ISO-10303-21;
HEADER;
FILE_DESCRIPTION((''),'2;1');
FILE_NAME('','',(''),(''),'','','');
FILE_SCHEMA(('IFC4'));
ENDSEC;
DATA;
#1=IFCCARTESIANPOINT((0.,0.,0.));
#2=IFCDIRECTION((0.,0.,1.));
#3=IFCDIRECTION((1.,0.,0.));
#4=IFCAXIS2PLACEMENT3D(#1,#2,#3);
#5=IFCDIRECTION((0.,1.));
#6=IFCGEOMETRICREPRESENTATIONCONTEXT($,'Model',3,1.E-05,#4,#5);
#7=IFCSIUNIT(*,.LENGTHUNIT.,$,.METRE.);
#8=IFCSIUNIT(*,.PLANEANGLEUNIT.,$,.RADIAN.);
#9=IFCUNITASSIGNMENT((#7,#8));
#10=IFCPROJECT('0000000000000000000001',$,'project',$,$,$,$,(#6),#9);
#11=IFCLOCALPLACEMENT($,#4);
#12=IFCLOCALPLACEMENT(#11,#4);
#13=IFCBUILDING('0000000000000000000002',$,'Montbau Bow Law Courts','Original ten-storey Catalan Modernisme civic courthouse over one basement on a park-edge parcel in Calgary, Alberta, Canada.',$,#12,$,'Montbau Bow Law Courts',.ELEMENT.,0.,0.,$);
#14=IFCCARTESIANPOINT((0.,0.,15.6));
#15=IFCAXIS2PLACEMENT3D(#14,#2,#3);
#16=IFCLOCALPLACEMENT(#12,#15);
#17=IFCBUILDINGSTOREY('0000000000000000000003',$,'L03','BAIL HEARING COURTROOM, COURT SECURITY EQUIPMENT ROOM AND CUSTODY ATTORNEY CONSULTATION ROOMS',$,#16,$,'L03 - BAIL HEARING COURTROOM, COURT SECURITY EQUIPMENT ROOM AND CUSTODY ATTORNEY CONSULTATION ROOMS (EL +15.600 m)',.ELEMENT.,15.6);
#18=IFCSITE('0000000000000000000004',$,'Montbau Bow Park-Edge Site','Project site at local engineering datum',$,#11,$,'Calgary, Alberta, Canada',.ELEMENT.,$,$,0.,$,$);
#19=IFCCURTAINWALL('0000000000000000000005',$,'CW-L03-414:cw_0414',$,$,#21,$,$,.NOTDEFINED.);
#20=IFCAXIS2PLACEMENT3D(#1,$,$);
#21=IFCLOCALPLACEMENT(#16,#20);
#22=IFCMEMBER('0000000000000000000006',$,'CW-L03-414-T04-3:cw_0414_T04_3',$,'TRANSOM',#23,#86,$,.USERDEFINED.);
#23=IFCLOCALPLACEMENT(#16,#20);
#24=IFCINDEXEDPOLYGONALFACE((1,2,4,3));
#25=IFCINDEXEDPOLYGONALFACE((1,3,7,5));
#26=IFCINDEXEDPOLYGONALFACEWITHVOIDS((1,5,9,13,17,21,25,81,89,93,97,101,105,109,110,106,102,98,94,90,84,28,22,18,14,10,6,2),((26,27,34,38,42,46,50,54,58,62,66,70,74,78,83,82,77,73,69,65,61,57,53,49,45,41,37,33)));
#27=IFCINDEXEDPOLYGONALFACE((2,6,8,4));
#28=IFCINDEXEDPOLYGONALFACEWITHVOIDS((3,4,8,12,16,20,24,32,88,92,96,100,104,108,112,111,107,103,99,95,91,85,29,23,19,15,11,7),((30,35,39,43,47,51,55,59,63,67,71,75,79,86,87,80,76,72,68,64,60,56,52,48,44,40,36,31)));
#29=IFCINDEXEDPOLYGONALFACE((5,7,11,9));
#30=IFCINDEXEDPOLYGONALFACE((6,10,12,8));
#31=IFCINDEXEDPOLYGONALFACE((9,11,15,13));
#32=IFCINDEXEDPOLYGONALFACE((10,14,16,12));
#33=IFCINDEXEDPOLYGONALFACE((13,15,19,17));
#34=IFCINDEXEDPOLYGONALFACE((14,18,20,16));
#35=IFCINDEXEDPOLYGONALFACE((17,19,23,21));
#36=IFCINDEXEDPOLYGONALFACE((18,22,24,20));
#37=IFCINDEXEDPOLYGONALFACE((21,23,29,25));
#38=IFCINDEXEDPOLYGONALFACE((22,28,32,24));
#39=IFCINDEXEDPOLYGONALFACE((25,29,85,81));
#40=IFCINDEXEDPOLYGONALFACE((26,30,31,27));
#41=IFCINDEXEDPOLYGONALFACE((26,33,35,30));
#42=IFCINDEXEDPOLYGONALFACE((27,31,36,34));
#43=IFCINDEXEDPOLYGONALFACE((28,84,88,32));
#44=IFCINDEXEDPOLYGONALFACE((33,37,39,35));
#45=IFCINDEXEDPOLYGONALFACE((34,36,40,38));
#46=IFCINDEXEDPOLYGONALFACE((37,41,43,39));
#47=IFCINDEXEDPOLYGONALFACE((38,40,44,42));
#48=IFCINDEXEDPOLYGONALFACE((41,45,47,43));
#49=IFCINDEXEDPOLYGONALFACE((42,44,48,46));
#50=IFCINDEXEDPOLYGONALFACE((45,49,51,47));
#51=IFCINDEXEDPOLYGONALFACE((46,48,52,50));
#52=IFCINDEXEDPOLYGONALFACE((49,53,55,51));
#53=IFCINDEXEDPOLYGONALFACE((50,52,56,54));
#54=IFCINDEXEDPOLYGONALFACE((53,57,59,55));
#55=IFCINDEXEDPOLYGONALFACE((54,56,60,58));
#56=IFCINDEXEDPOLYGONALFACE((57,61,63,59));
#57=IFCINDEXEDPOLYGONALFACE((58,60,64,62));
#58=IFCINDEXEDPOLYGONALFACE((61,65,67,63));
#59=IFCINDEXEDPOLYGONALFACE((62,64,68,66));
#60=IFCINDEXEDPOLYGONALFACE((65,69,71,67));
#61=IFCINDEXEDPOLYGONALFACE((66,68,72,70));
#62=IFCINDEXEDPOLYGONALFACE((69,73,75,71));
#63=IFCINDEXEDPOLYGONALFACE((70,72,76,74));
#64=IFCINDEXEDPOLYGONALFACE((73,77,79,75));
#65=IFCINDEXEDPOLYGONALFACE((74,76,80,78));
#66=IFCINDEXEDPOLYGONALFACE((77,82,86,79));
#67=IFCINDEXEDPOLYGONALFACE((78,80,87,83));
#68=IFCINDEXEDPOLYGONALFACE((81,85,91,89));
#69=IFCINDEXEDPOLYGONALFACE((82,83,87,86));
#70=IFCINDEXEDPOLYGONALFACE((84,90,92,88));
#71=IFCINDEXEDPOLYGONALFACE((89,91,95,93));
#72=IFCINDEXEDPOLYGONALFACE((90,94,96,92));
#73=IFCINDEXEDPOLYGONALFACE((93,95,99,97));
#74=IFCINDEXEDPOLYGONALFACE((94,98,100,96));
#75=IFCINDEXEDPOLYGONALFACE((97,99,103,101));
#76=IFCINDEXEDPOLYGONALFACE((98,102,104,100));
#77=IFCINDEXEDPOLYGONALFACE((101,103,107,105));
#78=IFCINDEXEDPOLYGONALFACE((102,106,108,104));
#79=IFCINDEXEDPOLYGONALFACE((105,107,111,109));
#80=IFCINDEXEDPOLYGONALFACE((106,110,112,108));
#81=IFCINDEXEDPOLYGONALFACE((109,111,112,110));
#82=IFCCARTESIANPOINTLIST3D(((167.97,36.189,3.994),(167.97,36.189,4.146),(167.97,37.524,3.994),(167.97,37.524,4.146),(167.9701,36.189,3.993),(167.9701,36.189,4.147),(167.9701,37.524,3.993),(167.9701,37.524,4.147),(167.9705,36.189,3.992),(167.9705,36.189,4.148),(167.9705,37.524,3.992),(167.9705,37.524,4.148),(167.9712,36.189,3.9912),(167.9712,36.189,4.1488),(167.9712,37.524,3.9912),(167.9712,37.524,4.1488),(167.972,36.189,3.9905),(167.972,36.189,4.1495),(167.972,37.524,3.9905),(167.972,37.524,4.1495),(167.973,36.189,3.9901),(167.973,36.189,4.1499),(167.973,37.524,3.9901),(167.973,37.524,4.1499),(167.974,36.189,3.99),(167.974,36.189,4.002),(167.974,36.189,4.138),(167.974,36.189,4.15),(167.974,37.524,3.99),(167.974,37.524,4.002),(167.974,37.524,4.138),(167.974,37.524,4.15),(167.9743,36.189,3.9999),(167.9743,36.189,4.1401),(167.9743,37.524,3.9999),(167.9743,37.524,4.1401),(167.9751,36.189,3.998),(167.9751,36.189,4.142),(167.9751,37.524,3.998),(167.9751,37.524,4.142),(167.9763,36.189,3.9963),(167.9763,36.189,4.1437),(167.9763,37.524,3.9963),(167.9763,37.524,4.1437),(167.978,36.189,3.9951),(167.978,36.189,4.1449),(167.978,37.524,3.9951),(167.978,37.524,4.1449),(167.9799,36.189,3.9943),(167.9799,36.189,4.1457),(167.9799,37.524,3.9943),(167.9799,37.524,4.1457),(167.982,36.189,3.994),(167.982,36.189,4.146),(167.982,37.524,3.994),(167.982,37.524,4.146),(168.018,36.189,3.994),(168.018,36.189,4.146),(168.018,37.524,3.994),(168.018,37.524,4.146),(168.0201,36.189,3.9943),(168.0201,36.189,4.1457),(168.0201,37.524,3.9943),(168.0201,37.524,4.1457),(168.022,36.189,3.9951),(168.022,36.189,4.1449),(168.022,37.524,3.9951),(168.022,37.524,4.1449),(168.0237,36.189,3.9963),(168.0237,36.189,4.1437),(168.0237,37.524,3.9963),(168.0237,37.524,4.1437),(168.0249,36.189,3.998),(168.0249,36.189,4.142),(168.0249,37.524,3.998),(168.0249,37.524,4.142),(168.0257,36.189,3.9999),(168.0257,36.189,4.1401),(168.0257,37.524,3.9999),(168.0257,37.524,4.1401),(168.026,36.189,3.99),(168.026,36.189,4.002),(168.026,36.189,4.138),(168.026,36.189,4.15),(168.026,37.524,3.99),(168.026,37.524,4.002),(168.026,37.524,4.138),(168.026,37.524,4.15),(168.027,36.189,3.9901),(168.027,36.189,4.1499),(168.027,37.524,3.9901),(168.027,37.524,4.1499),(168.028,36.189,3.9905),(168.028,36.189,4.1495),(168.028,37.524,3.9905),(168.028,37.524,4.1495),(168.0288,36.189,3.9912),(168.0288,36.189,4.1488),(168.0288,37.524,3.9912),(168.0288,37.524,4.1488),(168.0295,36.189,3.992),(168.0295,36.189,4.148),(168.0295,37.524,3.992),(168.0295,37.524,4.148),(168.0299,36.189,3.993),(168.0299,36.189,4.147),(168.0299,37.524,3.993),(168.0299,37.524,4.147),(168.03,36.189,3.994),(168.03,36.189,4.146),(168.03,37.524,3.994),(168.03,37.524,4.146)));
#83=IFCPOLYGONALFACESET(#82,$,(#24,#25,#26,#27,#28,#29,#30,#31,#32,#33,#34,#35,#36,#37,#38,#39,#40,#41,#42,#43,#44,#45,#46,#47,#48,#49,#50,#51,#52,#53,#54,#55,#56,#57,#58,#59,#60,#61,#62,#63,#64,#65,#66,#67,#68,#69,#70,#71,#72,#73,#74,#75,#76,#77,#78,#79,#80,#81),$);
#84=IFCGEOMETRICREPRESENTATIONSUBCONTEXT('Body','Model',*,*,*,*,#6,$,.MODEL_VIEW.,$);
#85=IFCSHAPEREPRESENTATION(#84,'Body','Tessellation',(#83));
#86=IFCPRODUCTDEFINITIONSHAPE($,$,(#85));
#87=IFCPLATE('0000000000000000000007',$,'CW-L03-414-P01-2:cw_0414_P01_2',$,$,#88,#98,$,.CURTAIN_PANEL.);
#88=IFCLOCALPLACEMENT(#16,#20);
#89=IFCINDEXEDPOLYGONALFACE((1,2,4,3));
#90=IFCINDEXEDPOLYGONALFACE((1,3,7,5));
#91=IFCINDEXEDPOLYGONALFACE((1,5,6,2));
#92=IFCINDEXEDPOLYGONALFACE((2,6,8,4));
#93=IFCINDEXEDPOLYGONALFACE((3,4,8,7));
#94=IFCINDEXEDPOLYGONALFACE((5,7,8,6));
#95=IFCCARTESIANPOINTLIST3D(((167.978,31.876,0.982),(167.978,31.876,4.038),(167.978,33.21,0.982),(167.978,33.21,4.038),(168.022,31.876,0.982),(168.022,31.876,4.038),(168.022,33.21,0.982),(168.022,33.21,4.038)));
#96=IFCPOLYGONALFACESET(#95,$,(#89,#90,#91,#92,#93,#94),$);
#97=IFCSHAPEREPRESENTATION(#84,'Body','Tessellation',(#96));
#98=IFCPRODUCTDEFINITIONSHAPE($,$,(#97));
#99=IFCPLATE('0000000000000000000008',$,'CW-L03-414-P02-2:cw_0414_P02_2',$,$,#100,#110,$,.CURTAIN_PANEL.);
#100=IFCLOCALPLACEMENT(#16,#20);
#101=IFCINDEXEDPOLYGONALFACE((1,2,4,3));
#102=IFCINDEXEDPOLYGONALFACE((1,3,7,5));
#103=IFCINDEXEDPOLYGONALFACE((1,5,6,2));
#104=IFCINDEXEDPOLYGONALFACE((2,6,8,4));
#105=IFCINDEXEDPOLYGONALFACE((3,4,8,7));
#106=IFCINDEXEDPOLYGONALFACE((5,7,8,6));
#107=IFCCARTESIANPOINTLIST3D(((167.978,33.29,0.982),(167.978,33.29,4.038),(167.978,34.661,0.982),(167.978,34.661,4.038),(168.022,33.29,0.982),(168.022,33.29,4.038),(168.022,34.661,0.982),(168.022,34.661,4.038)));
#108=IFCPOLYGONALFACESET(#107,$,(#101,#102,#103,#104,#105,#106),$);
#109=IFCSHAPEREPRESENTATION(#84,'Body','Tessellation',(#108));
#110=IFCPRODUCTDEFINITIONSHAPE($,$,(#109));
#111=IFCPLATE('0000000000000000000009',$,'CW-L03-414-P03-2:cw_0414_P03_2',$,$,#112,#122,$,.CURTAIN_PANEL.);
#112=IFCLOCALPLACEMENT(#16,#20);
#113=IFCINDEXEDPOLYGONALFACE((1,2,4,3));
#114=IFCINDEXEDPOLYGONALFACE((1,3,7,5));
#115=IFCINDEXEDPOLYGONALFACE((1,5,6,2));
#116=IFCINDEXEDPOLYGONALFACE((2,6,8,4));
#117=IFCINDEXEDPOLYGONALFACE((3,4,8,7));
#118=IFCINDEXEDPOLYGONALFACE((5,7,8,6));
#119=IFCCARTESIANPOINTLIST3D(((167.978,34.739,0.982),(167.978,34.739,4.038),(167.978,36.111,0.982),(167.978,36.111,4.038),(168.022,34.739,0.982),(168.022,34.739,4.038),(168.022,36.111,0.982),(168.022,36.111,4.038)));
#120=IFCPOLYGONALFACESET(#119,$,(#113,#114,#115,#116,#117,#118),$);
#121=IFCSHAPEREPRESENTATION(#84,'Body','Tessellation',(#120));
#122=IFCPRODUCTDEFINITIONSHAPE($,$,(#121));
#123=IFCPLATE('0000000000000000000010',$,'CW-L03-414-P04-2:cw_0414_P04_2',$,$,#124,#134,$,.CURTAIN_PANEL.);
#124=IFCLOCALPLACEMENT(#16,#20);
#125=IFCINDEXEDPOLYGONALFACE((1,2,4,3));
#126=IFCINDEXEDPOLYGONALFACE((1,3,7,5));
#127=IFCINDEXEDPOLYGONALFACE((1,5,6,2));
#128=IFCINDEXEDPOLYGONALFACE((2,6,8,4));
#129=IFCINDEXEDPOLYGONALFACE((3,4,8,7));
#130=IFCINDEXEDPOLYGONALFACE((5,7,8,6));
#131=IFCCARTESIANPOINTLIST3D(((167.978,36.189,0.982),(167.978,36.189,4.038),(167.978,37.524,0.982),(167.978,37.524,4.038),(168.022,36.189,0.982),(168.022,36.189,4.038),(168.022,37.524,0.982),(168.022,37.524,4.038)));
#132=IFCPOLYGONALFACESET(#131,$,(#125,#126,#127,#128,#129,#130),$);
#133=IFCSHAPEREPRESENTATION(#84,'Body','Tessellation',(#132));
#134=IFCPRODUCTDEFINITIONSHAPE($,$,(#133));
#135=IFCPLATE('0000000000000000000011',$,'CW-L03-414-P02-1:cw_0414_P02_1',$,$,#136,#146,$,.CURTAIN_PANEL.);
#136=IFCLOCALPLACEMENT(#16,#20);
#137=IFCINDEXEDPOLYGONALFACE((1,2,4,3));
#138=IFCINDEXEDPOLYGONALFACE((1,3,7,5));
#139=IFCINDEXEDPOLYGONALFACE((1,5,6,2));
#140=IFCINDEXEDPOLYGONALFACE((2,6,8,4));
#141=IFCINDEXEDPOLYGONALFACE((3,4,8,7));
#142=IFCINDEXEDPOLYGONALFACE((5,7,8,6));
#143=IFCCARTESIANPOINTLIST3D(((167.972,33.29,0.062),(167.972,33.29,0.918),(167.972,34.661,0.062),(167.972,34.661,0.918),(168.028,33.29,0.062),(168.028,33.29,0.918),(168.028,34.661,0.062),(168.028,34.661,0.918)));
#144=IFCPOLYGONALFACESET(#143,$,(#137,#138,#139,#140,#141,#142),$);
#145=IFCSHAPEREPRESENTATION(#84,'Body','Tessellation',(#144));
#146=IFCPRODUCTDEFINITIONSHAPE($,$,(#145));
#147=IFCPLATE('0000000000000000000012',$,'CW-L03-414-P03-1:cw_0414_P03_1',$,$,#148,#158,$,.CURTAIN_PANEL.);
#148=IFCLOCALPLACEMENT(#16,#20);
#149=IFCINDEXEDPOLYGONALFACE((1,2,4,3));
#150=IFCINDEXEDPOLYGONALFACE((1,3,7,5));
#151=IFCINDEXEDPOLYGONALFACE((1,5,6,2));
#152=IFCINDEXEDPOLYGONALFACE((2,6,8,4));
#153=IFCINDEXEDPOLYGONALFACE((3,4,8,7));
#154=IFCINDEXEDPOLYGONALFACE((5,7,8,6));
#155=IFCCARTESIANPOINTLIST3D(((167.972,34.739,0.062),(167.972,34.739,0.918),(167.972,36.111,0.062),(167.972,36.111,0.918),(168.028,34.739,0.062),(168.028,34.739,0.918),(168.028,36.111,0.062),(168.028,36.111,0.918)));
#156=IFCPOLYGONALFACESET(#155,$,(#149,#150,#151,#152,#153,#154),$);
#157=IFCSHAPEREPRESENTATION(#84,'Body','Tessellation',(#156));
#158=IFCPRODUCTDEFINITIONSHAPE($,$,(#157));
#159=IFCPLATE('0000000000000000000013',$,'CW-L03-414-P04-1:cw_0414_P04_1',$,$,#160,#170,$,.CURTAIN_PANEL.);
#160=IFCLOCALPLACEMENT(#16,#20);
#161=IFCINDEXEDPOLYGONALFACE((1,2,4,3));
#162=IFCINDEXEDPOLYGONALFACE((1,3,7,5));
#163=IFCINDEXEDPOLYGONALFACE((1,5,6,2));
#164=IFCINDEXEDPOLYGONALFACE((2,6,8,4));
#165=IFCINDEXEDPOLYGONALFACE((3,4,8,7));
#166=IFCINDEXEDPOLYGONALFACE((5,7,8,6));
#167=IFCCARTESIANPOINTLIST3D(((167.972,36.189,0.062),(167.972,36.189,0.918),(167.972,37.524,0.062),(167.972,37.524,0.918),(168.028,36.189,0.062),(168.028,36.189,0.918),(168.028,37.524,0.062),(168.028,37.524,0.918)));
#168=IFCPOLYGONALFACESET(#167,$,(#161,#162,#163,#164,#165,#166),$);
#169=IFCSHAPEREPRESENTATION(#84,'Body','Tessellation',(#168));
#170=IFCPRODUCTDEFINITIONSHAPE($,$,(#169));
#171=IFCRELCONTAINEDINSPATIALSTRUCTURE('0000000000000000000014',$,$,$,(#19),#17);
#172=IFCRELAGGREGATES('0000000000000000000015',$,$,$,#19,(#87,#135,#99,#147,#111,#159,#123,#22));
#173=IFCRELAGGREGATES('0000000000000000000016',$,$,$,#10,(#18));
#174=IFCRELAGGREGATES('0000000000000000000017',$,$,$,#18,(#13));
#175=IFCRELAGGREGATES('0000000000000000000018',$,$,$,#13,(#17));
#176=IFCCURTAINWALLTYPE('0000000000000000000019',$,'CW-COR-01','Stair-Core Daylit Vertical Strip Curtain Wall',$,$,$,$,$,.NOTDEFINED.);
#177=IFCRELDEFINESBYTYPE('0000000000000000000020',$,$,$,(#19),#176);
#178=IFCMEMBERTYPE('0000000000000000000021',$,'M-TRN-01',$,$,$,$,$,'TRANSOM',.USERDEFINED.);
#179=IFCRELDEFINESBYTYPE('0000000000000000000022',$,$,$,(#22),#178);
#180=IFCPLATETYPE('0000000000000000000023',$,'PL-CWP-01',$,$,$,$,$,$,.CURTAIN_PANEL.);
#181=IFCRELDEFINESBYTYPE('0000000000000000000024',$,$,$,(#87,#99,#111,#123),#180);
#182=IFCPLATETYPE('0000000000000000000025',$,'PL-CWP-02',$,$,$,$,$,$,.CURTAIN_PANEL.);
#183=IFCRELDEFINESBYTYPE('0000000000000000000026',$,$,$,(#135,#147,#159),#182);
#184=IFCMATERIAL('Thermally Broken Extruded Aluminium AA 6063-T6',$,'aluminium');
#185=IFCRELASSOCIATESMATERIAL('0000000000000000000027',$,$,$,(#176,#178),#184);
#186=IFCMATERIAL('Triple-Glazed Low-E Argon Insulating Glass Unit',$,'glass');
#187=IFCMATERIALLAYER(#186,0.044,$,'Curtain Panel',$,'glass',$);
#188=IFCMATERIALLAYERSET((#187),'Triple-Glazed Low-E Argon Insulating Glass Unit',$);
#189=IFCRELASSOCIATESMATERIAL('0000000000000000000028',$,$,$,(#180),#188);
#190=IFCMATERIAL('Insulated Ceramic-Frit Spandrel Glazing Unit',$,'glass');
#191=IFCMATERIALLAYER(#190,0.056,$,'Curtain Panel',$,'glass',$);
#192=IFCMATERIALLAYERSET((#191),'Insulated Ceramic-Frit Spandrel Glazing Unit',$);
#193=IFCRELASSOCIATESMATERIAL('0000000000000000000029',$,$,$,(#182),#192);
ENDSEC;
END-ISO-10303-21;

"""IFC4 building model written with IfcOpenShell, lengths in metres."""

from ifc_helpers import new_model, si_unit, direction, frame, frame_2d, origin_with_axes, origin_2d_with_axis, place, context, subcontext, project, spatial, rectangle, hollow_rectangle, extrude, material, layer, layer_set, material_profile, profile_set, type_object, element, aggregate, save


model = new_model("IFC4")

# Units and contexts
model_context = context("Model", 3, precision=1e-05, world=origin_with_axes(), true_north=direction((0.0, 1.0)))
body_context = subcontext(model_context, "Body", "Model", "MODEL_VIEW")
ifc_project = project(units=[si_unit("LENGTHUNIT", "METRE"), si_unit("PLANEANGLEUNIT", "RADIAN")], contexts=[model_context])

# Site, building, storey
site_placement = place(None, origin_with_axes())
site = spatial("IfcSite", under=ifc_project, at=site_placement, Name="Montbau Bow Park-Edge Site", Description="Project site at local engineering datum", LongName="Calgary, Alberta, Canada", CompositionType="ELEMENT", RefElevation=0.0)
building_placement = place(site_placement, origin_with_axes())
building = spatial("IfcBuilding", under=site, at=building_placement, Name="Montbau Bow Law Courts", Description="Original ten-storey Catalan Modernisme civic courthouse over one basement on a park-edge parcel in Calgary, Alberta, Canada.", LongName="Montbau Bow Law Courts", CompositionType="ELEMENT", ElevationOfRefHeight=0.0, ElevationOfTerrain=0.0)
storey_placement = place(building_placement, frame((0.0, 0.0, 15.6), z_axis=(0.0, 0.0, 1.0), x_axis=(1.0, 0.0, 0.0)))
storey = spatial("IfcBuildingStorey", under=building, at=storey_placement, Name="L03", Description="BAIL HEARING COURTROOM, COURT SECURITY EQUIPMENT ROOM AND CUSTODY ATTORNEY CONSULTATION ROOMS", LongName="L03 - BAIL HEARING COURTROOM, COURT SECURITY EQUIPMENT ROOM AND CUSTODY ATTORNEY CONSULTATION ROOMS (EL +15.600 m)", CompositionType="ELEMENT", Elevation=15.6)

# Curtain wall, member, plates
ifc_material_1 = material(Name="Thermally Broken Extruded Aluminium AA 6063-T6", Category="aluminium")
curtain_wall_type = type_object("IfcCurtainWallType", Name="CW-COR-01", Description="Stair-Core Daylit Vertical Strip Curtain Wall", PredefinedType="NOTDEFINED", material=ifc_material_1)
curtain_wall_placement = place(None, frame((168.0, 31.8, 15.6), z_axis=(0.0, 0.0, 1.0), x_axis=(1.0, 0.0, 0.0)))
curtain_wall = element("IfcCurtainWall", 1, at=curtain_wall_placement, inside=storey, type_object=curtain_wall_type, Name="CW-L03-414:cw_0414", PredefinedType="NOTDEFINED")
ifc_material_profile_1 = material_profile(ifc_material_1, hollow_rectangle(XDim=0.06, YDim=0.16, WallThickness=0.004, InnerFilletRadius=0.008, OuterFilletRadius=0.004, at=origin_2d_with_axis()), Name="CWT-160X60", Category="Main", Priority=0)
ifc_profile_set_1 = profile_set([ifc_material_profile_1], Name="Thermally Broken Extruded Aluminium AA 6063-T6")
member_type_1 = type_object("IfcMemberType", Name="M-TRN-01", ElementType="TRANSOM", PredefinedType="USERDEFINED", material=ifc_profile_set_1)
member_1_placement = place(None, frame((168.0, 36.189, 19.67), z_axis=(0.0, 1.0, 0.0), x_axis=(-1.0, 0.0, 0.0)))
member_1 = element("IfcMember", 2, at=member_1_placement, type_object=member_type_1, Name="CW-L03-414-T04-3:cw_0414_T04_3", ObjectType="TRANSOM", PredefinedType="USERDEFINED", context=body_context, shape_type="SweptSolid", body=[
    extrude(hollow_rectangle(XDim=0.06, YDim=0.16, WallThickness=0.004, InnerFilletRadius=0.008, OuterFilletRadius=0.004, at=origin_2d_with_axis()), origin_with_axes(), (0.0, 0.0, 1.0), 1.335),
])
ifc_material_2 = material(Name="Triple-Glazed Low-E Argon Insulating Glass Unit", Category="glass")
ifc_layer_1 = layer(ifc_material_2, 0.044, Name="Curtain Panel", Category="glass")
ifc_layer_set_1 = layer_set([ifc_layer_1], Name="Triple-Glazed Low-E Argon Insulating Glass Unit")
plate_type_1 = type_object("IfcPlateType", Name="PL-CWP-01", PredefinedType="CURTAIN_PANEL", material=ifc_layer_set_1)
plate_1_placement = place(None, frame((168.0, 31.876, 16.582), z_axis=(1.0, 0.0, 0.0), x_axis=(0.0, 1.0, 0.0)))
plate_1 = element("IfcPlate", 3, at=plate_1_placement, type_object=plate_type_1, Name="CW-L03-414-P01-2:cw_0414_P01_2", PredefinedType="CURTAIN_PANEL", context=body_context, shape_type="SweptSolid", body=[
    extrude(rectangle(XDim=1.334, YDim=3.056, at=frame_2d((0.667, 1.528), x_axis=(1.0, 0.0))), frame((0.0, 0.0, -0.022), z_axis=(0.0, 0.0, 1.0), x_axis=(1.0, 0.0, 0.0)), (0.0, 0.0, 1.0), 0.044),
])
plate_2_placement = place(None, frame((168.0, 33.29, 16.582), z_axis=(1.0, 0.0, 0.0), x_axis=(0.0, 1.0, 0.0)))
plate_2 = element("IfcPlate", 4, at=plate_2_placement, type_object=plate_type_1, Name="CW-L03-414-P02-2:cw_0414_P02_2", PredefinedType="CURTAIN_PANEL", context=body_context, shape_type="SweptSolid", body=[
    extrude(rectangle(XDim=1.371, YDim=3.056, at=frame_2d((0.6855, 1.528), x_axis=(1.0, 0.0))), frame((0.0, 0.0, -0.022), z_axis=(0.0, 0.0, 1.0), x_axis=(1.0, 0.0, 0.0)), (0.0, 0.0, 1.0), 0.044),
])
plate_3_placement = place(None, frame((168.0, 34.739, 16.582), z_axis=(1.0, 0.0, 0.0), x_axis=(0.0, 1.0, 0.0)))
plate_3 = element("IfcPlate", 5, at=plate_3_placement, type_object=plate_type_1, Name="CW-L03-414-P03-2:cw_0414_P03_2", PredefinedType="CURTAIN_PANEL", context=body_context, shape_type="SweptSolid", body=[
    extrude(rectangle(XDim=1.372, YDim=3.056, at=frame_2d((0.686, 1.528), x_axis=(1.0, 0.0))), frame((0.0, 0.0, -0.022), z_axis=(0.0, 0.0, 1.0), x_axis=(1.0, 0.0, 0.0)), (0.0, 0.0, 1.0), 0.044),
])
plate_4_placement = place(None, frame((168.0, 36.189, 16.582), z_axis=(1.0, 0.0, 0.0), x_axis=(0.0, 1.0, 0.0)))
plate_4 = element("IfcPlate", 6, at=plate_4_placement, type_object=plate_type_1, Name="CW-L03-414-P04-2:cw_0414_P04_2", PredefinedType="CURTAIN_PANEL", context=body_context, shape_type="SweptSolid", body=[
    extrude(rectangle(XDim=1.335, YDim=3.056, at=frame_2d((0.6675, 1.528), x_axis=(1.0, 0.0))), frame((0.0, 0.0, -0.022), z_axis=(0.0, 0.0, 1.0), x_axis=(1.0, 0.0, 0.0)), (0.0, 0.0, 1.0), 0.044),
])
ifc_material_3 = material(Name="Insulated Ceramic-Frit Spandrel Glazing Unit", Category="glass")
ifc_layer_2 = layer(ifc_material_3, 0.056, Name="Curtain Panel", Category="glass")
ifc_layer_set_2 = layer_set([ifc_layer_2], Name="Insulated Ceramic-Frit Spandrel Glazing Unit")
plate_type_2 = type_object("IfcPlateType", Name="PL-CWP-02", PredefinedType="CURTAIN_PANEL", material=ifc_layer_set_2)
plate_5_placement = place(None, frame((168.0, 33.29, 15.662), z_axis=(1.0, 0.0, 0.0), x_axis=(0.0, 1.0, 0.0)))
plate_5 = element("IfcPlate", 7, at=plate_5_placement, type_object=plate_type_2, Name="CW-L03-414-P02-1:cw_0414_P02_1", PredefinedType="CURTAIN_PANEL", context=body_context, shape_type="SweptSolid", body=[
    extrude(rectangle(XDim=1.371, YDim=0.856, at=frame_2d((0.6855, 0.428), x_axis=(1.0, 0.0))), frame((0.0, 0.0, -0.028), z_axis=(0.0, 0.0, 1.0), x_axis=(1.0, 0.0, 0.0)), (0.0, 0.0, 1.0), 0.056),
])
plate_6_placement = place(None, frame((168.0, 34.739, 15.662), z_axis=(1.0, 0.0, 0.0), x_axis=(0.0, 1.0, 0.0)))
plate_6 = element("IfcPlate", 8, at=plate_6_placement, type_object=plate_type_2, Name="CW-L03-414-P03-1:cw_0414_P03_1", PredefinedType="CURTAIN_PANEL", context=body_context, shape_type="SweptSolid", body=[
    extrude(rectangle(XDim=1.372, YDim=0.856, at=frame_2d((0.686, 0.428), x_axis=(1.0, 0.0))), frame((0.0, 0.0, -0.028), z_axis=(0.0, 0.0, 1.0), x_axis=(1.0, 0.0, 0.0)), (0.0, 0.0, 1.0), 0.056),
])
plate_7_placement = place(None, frame((168.0, 36.189, 15.662), z_axis=(1.0, 0.0, 0.0), x_axis=(0.0, 1.0, 0.0)))
plate_7 = element("IfcPlate", 9, at=plate_7_placement, type_object=plate_type_2, Name="CW-L03-414-P04-1:cw_0414_P04_1", PredefinedType="CURTAIN_PANEL", context=body_context, shape_type="SweptSolid", body=[
    extrude(rectangle(XDim=1.335, YDim=0.856, at=frame_2d((0.6675, 0.428), x_axis=(1.0, 0.0))), frame((0.0, 0.0, -0.028), z_axis=(0.0, 0.0, 1.0), x_axis=(1.0, 0.0, 0.0)), (0.0, 0.0, 1.0), 0.056),
])
aggregate(curtain_wall, [plate_1, plate_5, plate_2, plate_6, plate_3, plate_7, plate_4, member_1])

save(model, "model.ifc")
